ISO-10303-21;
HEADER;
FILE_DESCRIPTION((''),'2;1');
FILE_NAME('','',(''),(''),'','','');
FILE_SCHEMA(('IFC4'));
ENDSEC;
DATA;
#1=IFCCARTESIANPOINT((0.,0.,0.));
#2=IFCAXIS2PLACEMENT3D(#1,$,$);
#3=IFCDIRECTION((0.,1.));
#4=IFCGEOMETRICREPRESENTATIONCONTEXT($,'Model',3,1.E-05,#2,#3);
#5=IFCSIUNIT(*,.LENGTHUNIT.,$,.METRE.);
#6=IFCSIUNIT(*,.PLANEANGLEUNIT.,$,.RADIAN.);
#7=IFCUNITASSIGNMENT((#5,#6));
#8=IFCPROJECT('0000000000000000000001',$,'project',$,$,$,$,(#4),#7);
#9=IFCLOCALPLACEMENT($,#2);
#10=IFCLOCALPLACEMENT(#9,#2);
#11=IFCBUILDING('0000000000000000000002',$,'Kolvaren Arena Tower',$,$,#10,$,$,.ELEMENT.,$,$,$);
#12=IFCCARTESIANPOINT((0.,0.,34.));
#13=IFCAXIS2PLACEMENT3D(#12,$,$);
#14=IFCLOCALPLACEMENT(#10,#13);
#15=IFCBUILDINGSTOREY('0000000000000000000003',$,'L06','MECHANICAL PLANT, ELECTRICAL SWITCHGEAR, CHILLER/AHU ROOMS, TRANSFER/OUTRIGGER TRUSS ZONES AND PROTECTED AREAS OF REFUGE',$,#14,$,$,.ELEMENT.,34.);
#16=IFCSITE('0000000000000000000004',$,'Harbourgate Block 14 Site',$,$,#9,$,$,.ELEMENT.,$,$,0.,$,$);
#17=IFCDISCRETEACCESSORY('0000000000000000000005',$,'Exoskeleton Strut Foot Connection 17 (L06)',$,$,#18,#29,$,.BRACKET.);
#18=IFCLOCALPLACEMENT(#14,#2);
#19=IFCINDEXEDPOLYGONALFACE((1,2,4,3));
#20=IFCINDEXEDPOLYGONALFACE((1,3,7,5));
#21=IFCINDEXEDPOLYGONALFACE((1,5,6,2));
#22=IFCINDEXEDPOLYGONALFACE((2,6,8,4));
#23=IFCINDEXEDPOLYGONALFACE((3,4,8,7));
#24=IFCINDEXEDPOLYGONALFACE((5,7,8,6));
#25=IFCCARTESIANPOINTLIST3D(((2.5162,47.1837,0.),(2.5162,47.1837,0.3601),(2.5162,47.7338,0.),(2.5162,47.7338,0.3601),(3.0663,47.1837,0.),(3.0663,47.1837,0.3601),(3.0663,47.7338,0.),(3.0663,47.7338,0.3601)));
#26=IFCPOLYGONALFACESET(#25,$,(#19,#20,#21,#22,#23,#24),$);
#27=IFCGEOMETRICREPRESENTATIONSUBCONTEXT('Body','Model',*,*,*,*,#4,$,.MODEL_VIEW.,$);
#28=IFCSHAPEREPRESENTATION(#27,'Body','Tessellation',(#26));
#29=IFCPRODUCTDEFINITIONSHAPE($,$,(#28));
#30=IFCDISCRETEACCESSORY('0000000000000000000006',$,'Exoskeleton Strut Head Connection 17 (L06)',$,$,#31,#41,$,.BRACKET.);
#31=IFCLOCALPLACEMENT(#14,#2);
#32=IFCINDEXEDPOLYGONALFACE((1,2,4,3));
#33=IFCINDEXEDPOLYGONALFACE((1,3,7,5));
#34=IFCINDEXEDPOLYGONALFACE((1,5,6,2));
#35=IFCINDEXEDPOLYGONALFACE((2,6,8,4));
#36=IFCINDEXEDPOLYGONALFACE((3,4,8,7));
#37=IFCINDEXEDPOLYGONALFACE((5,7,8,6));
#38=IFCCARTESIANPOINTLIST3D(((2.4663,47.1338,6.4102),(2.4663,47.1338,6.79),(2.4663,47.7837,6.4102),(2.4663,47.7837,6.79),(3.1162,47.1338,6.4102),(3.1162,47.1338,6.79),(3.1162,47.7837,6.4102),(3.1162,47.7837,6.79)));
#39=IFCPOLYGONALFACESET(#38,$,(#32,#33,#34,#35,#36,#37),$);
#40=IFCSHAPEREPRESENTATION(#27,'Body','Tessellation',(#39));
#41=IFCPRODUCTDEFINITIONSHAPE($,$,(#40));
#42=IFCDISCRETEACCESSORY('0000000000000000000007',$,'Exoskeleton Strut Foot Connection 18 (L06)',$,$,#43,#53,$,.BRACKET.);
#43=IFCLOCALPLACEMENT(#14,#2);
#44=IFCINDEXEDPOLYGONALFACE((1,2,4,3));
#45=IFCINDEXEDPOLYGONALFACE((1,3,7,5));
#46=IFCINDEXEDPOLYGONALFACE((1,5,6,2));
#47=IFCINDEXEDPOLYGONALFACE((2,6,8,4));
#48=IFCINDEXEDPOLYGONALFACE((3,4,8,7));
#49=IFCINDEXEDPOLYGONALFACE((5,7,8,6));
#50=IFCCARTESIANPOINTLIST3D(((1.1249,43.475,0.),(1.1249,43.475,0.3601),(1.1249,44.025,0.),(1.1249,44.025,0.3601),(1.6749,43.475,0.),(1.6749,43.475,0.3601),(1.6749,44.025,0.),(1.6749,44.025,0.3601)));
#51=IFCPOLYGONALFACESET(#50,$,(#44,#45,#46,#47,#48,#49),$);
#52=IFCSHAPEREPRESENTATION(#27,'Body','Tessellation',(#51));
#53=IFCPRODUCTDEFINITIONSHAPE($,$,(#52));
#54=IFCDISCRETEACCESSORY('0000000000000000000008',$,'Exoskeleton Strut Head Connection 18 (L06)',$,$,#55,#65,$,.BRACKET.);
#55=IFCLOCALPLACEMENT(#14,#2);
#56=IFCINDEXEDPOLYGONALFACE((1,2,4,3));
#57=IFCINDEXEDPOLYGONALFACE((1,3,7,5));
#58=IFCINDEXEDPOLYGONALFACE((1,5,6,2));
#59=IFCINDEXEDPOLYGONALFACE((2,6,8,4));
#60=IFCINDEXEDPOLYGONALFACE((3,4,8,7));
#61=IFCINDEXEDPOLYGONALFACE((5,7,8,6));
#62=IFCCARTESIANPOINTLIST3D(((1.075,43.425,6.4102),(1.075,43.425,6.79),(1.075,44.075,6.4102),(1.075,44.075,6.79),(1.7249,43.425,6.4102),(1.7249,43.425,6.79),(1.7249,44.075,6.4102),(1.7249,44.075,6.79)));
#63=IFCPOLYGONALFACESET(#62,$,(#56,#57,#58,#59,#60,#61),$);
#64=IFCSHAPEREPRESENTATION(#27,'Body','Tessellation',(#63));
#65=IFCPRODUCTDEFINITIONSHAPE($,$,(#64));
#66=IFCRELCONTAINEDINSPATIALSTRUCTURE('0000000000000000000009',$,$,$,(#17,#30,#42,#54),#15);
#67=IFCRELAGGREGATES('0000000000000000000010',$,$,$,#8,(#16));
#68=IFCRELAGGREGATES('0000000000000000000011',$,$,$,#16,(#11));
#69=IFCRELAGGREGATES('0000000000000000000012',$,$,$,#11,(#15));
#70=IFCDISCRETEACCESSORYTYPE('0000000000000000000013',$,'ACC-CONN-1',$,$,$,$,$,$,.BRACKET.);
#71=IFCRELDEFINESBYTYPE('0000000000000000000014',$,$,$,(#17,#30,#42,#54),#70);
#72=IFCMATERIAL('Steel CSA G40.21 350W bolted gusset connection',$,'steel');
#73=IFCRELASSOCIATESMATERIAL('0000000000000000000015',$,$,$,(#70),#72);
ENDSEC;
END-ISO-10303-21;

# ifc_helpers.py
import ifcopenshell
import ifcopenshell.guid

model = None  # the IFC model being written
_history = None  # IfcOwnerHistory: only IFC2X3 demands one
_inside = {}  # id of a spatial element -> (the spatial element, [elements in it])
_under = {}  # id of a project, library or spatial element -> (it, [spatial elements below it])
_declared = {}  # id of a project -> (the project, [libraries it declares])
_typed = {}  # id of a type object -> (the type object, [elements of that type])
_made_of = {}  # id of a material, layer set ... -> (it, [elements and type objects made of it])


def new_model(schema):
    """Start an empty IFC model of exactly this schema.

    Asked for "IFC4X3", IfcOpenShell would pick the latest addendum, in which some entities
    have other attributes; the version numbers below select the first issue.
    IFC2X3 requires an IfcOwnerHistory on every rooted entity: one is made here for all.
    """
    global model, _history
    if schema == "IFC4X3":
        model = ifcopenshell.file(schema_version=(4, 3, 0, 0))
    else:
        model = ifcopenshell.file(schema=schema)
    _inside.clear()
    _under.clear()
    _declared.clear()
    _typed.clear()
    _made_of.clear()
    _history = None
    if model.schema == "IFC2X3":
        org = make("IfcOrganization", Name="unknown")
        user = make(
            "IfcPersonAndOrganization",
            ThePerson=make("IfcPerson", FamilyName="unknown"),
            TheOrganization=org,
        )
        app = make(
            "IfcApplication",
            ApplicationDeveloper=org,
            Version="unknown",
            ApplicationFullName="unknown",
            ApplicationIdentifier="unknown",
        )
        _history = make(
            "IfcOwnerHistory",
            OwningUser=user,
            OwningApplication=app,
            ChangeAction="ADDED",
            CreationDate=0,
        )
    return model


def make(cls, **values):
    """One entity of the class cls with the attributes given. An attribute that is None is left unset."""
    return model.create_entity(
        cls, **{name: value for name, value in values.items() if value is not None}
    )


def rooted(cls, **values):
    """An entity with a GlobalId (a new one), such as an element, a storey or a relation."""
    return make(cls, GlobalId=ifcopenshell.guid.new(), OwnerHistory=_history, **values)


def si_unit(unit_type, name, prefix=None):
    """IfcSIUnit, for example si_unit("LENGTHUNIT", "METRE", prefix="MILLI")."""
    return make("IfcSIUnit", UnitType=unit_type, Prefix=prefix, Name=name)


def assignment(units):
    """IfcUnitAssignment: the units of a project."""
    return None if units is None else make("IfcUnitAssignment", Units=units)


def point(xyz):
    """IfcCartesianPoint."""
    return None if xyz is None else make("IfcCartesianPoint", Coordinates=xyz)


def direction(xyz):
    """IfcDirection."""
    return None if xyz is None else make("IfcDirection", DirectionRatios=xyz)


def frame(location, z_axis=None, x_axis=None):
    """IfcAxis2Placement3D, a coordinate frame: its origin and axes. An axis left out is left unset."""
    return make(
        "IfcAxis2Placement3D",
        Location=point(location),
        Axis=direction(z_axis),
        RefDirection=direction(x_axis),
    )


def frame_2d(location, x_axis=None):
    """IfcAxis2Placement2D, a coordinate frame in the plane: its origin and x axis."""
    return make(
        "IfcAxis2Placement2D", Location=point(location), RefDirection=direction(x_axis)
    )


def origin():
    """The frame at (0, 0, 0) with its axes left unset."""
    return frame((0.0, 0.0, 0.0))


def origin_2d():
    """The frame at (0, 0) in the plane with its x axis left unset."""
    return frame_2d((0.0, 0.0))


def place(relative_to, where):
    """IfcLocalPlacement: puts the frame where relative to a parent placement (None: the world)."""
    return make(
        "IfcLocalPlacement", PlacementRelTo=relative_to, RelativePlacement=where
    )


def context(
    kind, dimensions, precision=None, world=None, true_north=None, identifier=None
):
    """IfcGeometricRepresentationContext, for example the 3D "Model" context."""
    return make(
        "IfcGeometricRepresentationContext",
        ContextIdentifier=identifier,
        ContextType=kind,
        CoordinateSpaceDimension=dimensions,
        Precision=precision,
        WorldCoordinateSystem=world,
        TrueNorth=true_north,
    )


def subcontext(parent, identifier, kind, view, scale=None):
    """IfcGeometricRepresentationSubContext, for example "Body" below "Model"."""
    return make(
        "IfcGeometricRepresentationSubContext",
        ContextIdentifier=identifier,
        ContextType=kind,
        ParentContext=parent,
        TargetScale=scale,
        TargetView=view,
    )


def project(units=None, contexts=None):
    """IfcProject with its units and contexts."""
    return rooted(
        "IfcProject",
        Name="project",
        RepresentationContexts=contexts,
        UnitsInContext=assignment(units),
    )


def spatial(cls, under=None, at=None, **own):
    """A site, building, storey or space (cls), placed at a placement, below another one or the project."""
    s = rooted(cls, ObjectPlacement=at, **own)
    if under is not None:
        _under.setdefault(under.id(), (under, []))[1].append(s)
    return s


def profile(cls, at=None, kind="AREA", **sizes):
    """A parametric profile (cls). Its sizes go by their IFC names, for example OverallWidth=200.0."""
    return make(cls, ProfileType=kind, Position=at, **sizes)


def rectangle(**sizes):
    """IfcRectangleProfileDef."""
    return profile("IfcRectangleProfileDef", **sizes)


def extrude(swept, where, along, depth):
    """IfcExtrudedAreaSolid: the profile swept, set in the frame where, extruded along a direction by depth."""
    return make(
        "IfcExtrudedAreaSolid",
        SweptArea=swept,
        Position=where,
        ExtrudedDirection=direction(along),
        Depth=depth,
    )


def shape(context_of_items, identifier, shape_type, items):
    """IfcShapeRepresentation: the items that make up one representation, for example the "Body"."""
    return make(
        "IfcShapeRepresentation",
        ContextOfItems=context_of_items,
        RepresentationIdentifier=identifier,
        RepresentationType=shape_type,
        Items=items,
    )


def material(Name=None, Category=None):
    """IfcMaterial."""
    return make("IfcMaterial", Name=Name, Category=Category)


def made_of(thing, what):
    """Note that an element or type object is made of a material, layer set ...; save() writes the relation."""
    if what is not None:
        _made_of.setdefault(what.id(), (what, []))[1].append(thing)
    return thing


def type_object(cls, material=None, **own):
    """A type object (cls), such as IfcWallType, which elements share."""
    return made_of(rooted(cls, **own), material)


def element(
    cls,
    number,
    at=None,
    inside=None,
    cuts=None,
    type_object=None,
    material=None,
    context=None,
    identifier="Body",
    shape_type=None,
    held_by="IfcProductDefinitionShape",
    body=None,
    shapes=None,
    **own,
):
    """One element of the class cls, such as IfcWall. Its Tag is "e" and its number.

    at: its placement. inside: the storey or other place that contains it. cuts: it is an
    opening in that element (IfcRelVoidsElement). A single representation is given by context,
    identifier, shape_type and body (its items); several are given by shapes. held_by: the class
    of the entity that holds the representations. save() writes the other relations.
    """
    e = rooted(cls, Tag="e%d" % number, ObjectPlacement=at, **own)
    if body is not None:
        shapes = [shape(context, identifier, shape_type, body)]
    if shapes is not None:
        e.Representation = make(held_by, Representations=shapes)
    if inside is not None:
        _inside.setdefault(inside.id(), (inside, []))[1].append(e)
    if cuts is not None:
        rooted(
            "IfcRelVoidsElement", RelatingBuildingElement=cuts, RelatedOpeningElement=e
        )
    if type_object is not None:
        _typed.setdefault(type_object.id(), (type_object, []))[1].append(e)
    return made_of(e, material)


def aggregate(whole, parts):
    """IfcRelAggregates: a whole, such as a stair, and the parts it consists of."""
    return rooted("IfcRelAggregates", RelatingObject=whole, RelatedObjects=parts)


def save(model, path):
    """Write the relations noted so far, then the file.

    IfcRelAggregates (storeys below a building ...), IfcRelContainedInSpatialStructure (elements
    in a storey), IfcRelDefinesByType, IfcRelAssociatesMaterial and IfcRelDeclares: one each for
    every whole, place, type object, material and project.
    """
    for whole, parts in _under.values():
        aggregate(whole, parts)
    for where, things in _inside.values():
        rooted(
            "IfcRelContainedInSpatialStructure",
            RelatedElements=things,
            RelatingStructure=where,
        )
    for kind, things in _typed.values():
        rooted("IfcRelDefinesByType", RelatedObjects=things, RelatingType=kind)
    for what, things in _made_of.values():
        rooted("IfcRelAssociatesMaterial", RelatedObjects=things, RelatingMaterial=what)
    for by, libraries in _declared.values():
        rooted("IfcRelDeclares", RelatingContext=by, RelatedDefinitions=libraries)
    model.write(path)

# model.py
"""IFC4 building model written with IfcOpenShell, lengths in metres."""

from ifc_helpers import new_model, si_unit, direction, frame, origin, origin_2d, place, context, subcontext, project, spatial, rectangle, extrude, material, type_object, element, save


model = new_model("IFC4")

# Units and contexts
model_context = context("Model", 3, precision=1e-05, world=origin(), true_north=direction((0.0, 1.0)))
body_context = subcontext(model_context, "Body", "Model", "MODEL_VIEW")
ifc_project = project(units=[si_unit("LENGTHUNIT", "METRE"), si_unit("PLANEANGLEUNIT", "RADIAN")], contexts=[model_context])

# Site, building, storey
site_placement = place(None, origin())
site = spatial("IfcSite", under=ifc_project, at=site_placement, Name="Harbourgate Block 14 Site", CompositionType="ELEMENT", RefElevation=0.0)
building_placement = place(site_placement, origin())
building = spatial("IfcBuilding", under=site, at=building_placement, Name="Kolvaren Arena Tower", CompositionType="ELEMENT")
storey_placement = place(building_placement, frame((0.0, 0.0, 34.0)))
storey = spatial("IfcBuildingStorey", under=building, at=storey_placement, Name="L06", Description="MECHANICAL PLANT, ELECTRICAL SWITCHGEAR, CHILLER/AHU ROOMS, TRANSFER/OUTRIGGER TRUSS ZONES AND PROTECTED AREAS OF REFUGE", CompositionType="ELEMENT", Elevation=34.0)

# Discrete accessories
ifc_material_1 = material(Name="Steel CSA G40.21 350W bolted gusset connection", Category="steel")
discrete_accessory_type = type_object("IfcDiscreteAccessoryType", Name="ACC-CONN-1", PredefinedType="BRACKET", material=ifc_material_1)
discrete_accessory_1_placement = place(storey_placement, frame((2.7913, 47.4587, 0.0), z_axis=(0.0, 0.0, 1.0), x_axis=(1.0, 0.0, 0.0)))
element("IfcDiscreteAccessory", 1, at=discrete_accessory_1_placement, inside=storey, type_object=discrete_accessory_type, Name="Exoskeleton Strut Foot Connection 17 (L06)", PredefinedType="BRACKET", context=body_context, shape_type="SweptSolid", body=[
    extrude(rectangle(XDim=0.55, YDim=0.55, at=origin_2d()), origin(), (0.0, 0.0, 1.0), 0.3601),
])
discrete_accessory_2_placement = place(storey_placement, frame((2.7913, 47.4587, 6.4102), z_axis=(0.0, 0.0, 1.0), x_axis=(1.0, 0.0, 0.0)))
element("IfcDiscreteAccessory", 2, at=discrete_accessory_2_placement, inside=storey, type_object=discrete_accessory_type, Name="Exoskeleton Strut Head Connection 17 (L06)", PredefinedType="BRACKET", context=body_context, shape_type="SweptSolid", body=[
    extrude(rectangle(XDim=0.6499, YDim=0.6499, at=origin_2d()), origin(), (0.0, 0.0, 1.0), 0.3799),
])
discrete_accessory_3_placement = place(storey_placement, frame((1.3999, 43.75, 0.0), z_axis=(0.0, 0.0, 1.0), x_axis=(1.0, 0.0, 0.0)))
element("IfcDiscreteAccessory", 3, at=discrete_accessory_3_placement, inside=storey, type_object=discrete_accessory_type, Name="Exoskeleton Strut Foot Connection 18 (L06)", PredefinedType="BRACKET", context=body_context, shape_type="SweptSolid", body=[
    extrude(rectangle(XDim=0.55, YDim=0.55, at=origin_2d()), origin(), (0.0, 0.0, 1.0), 0.3601),
])
discrete_accessory_4_placement = place(storey_placement, frame((1.3999, 43.75, 6.4102), z_axis=(0.0, 0.0, 1.0), x_axis=(1.0, 0.0, 0.0)))
element("IfcDiscreteAccessory", 4, at=discrete_accessory_4_placement, inside=storey, type_object=discrete_accessory_type, Name="Exoskeleton Strut Head Connection 18 (L06)", PredefinedType="BRACKET", context=body_context, shape_type="SweptSolid", body=[
    extrude(rectangle(XDim=0.6499, YDim=0.6499, at=origin_2d()), origin(), (0.0, 0.0, 1.0), 0.3799),
])

save(model, "model.ifc")
